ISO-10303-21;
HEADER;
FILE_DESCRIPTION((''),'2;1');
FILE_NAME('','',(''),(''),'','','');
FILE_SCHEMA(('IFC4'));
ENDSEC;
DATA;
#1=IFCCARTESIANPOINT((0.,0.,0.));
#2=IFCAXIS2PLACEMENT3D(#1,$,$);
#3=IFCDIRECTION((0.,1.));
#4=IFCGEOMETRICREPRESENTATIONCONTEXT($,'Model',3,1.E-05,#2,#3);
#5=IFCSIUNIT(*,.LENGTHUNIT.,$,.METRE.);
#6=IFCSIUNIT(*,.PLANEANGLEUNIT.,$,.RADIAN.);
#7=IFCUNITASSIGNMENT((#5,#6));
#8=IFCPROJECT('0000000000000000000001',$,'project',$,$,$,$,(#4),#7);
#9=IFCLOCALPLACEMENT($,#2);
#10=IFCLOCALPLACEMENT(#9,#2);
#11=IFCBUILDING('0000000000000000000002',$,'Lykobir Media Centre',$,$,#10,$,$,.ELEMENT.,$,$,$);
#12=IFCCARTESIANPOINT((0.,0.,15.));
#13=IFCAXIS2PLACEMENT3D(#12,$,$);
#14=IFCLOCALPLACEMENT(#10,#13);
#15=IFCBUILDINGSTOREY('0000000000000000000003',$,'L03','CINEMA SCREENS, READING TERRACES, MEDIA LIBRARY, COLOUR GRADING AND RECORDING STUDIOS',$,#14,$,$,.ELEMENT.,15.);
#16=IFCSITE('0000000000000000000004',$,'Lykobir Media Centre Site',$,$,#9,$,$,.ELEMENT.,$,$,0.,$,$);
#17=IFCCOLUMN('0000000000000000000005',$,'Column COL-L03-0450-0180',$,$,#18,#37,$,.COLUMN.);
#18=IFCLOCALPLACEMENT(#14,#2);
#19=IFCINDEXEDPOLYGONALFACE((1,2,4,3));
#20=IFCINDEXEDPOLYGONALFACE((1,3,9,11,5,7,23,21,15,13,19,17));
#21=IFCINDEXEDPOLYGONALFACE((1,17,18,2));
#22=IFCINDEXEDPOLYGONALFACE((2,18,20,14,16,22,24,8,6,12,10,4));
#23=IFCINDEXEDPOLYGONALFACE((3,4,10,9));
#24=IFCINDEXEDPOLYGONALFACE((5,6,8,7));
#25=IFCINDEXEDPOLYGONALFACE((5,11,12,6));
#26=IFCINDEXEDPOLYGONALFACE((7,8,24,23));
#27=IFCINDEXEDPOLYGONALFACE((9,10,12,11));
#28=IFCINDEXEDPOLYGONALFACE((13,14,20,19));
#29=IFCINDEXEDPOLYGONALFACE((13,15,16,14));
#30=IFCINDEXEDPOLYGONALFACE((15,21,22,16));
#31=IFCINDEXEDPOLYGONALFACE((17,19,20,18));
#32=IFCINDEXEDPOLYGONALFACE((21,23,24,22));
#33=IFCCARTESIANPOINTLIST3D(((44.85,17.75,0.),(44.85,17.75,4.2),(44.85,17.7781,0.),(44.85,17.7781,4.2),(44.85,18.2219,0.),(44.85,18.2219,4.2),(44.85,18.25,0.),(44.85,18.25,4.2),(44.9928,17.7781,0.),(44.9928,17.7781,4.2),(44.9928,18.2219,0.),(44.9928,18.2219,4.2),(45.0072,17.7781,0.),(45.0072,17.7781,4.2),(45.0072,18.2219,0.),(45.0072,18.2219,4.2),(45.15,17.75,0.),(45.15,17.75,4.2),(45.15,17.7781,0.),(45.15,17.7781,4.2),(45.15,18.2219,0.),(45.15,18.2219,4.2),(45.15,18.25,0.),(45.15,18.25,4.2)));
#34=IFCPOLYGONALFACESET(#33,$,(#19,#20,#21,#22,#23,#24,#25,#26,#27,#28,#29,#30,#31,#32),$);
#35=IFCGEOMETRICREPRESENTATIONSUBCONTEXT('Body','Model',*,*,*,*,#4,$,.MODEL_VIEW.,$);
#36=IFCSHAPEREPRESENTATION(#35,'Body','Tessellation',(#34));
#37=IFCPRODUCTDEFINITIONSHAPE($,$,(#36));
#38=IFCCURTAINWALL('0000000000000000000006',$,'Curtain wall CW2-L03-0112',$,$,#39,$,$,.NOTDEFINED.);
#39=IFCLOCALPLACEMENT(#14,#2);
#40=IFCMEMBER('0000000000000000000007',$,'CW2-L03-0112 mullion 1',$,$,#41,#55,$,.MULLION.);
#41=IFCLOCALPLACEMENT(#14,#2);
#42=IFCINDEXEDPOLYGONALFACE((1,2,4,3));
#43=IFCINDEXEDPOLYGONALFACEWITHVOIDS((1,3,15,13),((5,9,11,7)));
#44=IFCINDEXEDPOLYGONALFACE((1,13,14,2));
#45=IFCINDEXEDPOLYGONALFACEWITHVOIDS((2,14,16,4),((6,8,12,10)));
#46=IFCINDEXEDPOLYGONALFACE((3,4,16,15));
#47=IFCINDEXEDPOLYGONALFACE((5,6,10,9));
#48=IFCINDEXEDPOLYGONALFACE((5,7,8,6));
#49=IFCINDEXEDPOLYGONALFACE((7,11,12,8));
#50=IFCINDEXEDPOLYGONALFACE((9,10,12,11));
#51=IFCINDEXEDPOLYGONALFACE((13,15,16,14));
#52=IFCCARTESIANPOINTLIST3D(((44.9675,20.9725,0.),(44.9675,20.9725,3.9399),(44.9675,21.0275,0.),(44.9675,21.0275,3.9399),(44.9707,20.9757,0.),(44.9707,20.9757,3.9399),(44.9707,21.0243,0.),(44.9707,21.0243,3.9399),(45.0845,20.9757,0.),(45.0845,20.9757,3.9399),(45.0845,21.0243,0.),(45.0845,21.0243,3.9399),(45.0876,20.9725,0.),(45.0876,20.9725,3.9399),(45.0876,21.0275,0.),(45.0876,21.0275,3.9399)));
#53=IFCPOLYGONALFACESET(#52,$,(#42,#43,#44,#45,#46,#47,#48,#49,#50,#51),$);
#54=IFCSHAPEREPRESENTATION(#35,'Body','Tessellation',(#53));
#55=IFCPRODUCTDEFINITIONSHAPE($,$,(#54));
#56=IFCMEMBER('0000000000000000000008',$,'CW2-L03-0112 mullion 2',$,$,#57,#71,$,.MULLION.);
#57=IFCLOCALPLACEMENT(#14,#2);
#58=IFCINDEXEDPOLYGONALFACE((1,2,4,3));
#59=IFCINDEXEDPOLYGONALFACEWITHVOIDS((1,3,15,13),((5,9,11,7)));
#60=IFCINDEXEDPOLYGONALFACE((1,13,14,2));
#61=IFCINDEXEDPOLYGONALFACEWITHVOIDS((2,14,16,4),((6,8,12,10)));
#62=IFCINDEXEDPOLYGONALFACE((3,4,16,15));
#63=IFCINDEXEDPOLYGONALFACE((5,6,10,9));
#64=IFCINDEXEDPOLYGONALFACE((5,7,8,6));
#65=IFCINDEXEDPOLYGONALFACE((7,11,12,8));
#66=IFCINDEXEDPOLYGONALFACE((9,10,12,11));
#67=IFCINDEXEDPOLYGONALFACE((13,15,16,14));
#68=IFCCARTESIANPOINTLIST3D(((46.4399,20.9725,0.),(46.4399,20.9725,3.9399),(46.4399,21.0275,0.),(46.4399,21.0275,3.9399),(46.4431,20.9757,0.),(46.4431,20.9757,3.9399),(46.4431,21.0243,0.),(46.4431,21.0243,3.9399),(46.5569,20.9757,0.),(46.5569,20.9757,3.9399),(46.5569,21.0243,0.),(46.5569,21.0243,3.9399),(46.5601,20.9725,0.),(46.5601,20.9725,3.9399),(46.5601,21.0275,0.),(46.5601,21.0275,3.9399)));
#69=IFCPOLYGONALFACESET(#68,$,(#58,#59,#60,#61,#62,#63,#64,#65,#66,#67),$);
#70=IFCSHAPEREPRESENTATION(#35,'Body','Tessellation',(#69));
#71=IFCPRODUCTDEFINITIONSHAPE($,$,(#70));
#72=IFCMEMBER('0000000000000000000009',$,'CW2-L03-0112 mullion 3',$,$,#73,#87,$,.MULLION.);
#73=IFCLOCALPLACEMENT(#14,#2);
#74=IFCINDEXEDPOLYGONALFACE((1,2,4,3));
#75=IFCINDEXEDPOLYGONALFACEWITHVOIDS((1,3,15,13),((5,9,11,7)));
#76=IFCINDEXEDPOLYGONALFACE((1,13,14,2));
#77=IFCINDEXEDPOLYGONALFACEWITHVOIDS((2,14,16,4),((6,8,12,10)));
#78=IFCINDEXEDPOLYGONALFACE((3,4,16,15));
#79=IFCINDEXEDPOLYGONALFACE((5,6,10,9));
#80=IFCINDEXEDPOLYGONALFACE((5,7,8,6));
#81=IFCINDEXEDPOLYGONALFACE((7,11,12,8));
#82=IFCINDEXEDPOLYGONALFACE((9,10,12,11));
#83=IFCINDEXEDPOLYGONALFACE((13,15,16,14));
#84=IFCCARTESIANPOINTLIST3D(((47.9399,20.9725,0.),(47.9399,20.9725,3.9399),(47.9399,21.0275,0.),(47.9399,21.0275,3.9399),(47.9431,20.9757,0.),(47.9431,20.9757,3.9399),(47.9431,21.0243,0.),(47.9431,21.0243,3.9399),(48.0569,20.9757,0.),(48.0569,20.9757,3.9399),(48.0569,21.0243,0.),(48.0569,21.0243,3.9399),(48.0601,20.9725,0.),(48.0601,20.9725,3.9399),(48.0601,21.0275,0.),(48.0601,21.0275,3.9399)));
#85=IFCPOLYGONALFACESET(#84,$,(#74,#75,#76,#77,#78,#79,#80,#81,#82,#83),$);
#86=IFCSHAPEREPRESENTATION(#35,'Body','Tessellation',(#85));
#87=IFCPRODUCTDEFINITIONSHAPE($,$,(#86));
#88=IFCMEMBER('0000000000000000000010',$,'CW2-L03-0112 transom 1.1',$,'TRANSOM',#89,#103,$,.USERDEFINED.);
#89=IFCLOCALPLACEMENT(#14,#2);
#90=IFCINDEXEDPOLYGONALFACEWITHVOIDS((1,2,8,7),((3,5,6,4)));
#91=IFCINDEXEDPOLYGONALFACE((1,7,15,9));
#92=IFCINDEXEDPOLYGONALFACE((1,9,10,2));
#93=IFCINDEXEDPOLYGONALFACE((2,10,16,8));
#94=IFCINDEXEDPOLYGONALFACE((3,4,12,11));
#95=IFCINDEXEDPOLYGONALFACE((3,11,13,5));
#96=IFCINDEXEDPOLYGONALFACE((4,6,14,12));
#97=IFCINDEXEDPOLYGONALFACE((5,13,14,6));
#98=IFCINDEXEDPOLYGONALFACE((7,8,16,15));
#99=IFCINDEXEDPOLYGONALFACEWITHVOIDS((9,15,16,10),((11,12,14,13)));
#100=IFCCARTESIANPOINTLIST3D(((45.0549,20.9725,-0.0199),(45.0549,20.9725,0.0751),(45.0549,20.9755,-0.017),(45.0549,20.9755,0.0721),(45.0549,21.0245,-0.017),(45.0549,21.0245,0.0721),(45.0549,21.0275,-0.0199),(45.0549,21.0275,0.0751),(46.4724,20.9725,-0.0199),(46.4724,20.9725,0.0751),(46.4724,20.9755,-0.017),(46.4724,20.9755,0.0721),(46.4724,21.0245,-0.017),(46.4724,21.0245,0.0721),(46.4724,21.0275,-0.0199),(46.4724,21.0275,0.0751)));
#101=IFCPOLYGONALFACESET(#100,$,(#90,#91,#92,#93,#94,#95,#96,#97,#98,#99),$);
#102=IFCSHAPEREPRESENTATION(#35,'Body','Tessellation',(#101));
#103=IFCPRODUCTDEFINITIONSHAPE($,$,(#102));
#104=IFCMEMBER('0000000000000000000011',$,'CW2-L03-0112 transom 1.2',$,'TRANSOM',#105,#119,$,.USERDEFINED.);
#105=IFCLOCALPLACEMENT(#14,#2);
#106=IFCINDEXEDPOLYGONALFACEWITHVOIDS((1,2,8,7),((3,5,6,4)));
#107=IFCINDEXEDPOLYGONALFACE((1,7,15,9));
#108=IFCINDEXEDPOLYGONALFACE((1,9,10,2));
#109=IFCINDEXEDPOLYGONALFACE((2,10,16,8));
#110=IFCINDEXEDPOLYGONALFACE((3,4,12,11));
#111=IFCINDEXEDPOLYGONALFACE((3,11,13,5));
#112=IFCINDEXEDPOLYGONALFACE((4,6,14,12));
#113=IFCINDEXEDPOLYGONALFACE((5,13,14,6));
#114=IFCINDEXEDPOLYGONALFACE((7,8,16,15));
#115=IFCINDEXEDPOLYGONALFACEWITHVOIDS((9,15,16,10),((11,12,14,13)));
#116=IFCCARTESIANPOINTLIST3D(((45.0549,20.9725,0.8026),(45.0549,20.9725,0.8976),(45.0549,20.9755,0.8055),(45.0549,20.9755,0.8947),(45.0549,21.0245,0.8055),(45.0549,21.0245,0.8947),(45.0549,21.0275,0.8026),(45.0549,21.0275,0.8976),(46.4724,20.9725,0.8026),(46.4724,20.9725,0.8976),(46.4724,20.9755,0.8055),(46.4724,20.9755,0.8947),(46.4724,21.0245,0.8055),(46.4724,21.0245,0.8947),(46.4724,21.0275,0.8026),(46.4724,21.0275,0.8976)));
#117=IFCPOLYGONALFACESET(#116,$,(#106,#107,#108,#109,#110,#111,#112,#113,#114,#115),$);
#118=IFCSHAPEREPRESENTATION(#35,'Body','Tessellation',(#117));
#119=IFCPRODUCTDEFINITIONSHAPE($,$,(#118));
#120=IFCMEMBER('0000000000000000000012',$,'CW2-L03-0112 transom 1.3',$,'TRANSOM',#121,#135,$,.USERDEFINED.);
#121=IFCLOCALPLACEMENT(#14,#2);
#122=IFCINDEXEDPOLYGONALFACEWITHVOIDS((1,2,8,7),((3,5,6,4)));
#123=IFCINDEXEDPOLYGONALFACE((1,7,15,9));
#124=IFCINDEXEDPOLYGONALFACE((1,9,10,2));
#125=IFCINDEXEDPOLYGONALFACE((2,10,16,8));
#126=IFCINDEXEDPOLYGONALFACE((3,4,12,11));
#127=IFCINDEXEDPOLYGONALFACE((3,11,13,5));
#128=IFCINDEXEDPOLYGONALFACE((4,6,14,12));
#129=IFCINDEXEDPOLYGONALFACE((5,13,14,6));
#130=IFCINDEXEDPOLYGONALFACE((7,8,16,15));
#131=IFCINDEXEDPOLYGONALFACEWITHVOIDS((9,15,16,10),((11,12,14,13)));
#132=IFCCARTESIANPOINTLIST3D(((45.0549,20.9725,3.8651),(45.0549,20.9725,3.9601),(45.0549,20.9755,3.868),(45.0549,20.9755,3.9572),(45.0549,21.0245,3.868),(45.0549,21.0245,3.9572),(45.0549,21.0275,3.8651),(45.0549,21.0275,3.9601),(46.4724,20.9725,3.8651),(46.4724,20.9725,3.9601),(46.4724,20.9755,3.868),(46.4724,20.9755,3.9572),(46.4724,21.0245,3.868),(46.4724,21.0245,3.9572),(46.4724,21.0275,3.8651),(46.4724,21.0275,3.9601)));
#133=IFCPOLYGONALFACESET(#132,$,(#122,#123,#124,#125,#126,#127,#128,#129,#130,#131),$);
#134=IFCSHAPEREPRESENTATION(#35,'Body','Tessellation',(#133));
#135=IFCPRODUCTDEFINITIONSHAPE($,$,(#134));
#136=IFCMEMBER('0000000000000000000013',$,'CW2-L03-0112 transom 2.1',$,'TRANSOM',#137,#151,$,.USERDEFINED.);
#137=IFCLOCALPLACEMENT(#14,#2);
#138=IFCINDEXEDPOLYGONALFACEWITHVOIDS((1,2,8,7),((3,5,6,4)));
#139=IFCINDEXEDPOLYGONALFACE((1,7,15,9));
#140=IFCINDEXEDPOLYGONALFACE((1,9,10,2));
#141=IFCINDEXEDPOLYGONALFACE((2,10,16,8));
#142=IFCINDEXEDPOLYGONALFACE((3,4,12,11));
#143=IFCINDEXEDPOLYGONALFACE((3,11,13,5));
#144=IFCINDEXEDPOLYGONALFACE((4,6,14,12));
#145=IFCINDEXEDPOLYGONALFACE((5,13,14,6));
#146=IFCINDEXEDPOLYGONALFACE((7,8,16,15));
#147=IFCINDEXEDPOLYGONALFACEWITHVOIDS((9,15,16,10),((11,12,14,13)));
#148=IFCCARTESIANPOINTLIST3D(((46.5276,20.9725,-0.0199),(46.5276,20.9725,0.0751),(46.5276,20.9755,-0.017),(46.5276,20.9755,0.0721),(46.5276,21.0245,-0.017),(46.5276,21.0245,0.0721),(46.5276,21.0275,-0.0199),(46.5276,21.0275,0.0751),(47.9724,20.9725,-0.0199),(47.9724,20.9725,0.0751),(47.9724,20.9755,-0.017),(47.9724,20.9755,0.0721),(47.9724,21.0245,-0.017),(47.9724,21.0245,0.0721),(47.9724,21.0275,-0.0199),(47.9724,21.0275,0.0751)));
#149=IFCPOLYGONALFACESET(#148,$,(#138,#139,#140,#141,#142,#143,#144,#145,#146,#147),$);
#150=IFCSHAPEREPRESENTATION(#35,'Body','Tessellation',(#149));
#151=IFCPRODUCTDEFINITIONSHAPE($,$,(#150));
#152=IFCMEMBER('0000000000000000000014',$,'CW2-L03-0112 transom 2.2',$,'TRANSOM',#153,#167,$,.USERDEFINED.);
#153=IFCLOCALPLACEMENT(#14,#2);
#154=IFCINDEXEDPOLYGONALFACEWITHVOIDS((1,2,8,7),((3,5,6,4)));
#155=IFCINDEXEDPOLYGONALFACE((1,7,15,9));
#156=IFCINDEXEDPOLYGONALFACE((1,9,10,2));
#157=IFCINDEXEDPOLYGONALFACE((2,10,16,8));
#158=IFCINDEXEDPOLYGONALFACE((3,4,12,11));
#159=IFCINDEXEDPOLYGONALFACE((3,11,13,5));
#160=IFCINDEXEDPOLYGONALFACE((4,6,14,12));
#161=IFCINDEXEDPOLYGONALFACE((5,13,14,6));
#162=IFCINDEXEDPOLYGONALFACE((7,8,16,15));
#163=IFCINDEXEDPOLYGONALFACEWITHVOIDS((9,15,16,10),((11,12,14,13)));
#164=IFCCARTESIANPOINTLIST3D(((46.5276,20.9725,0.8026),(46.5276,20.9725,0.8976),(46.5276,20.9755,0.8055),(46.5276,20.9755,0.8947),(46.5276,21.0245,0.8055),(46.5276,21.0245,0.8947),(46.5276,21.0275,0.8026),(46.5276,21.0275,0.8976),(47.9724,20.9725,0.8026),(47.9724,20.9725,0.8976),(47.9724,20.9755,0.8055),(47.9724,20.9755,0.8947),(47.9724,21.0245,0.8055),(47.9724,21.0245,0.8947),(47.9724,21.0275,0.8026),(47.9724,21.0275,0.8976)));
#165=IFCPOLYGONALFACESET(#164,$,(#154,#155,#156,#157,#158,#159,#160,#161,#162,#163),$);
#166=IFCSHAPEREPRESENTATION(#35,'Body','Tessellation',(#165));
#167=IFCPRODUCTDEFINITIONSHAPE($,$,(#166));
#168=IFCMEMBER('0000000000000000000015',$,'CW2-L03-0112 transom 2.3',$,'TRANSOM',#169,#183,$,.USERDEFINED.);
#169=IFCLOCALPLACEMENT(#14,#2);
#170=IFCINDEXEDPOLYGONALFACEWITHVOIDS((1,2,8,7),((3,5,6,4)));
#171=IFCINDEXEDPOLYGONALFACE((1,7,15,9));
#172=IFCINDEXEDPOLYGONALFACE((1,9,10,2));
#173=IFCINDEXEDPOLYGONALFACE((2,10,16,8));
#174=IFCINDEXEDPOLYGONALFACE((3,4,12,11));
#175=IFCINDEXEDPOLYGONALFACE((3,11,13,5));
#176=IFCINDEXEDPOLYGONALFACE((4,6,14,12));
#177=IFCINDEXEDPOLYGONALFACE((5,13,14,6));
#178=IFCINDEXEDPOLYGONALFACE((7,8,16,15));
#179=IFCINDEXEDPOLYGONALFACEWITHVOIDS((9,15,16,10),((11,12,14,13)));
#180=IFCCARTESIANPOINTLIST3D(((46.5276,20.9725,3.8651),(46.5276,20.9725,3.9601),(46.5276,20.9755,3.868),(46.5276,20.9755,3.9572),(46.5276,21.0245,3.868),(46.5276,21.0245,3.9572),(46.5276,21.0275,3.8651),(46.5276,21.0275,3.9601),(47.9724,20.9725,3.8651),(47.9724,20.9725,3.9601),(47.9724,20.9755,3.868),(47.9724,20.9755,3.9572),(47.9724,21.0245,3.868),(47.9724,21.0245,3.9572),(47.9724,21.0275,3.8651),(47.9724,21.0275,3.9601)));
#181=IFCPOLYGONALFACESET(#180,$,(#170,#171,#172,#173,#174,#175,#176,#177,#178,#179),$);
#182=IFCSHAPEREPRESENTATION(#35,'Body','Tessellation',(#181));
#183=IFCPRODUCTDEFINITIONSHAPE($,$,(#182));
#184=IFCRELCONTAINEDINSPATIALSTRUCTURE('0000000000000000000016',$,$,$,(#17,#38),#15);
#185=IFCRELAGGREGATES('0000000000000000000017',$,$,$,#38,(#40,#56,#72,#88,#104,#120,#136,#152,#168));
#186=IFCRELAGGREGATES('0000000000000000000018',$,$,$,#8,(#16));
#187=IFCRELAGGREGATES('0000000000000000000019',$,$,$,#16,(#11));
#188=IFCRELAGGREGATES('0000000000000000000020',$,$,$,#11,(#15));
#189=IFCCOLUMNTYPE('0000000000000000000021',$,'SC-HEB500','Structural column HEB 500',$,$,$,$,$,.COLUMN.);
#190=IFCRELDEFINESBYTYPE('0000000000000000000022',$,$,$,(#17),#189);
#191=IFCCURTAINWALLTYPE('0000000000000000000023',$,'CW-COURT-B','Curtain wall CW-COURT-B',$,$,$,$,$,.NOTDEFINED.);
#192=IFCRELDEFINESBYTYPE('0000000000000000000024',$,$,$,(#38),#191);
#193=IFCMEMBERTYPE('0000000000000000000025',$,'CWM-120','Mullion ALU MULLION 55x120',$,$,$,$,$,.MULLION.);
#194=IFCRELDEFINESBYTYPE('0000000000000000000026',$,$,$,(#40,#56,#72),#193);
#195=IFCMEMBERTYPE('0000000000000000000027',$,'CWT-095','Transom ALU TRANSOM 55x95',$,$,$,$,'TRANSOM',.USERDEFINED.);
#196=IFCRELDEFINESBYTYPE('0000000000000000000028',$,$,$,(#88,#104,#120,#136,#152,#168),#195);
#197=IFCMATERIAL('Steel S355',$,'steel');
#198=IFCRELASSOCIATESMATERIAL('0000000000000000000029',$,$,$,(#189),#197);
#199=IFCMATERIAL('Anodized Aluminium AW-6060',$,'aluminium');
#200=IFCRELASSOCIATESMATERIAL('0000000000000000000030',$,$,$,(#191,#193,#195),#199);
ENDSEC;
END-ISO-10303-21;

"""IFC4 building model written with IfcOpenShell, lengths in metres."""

from ifc_helpers import new_model, si_unit, direction, frame, origin, origin_2d, place, context, subcontext, project, spatial, hollow_rectangle, i_section, extrude, material, material_profile, profile_set, type_object, element, aggregate, save


model = new_model("IFC4")

# Units and contexts
model_context = context("Model", 3, precision=1e-05, world=origin(), true_north=direction((0.0, 1.0)))
body_context = subcontext(model_context, "Body", "Model", "MODEL_VIEW")
ifc_project = project(units=[si_unit("LENGTHUNIT", "METRE"), si_unit("PLANEANGLEUNIT", "RADIAN")], contexts=[model_context])

# Site, building, storey
site_placement = place(None, origin())
site = spatial("IfcSite", under=ifc_project, at=site_placement, Name="Lykobir Media Centre Site", CompositionType="ELEMENT", RefElevation=0.0)
building_placement = place(site_placement, origin())
building = spatial("IfcBuilding", under=site, at=building_placement, Name="Lykobir Media Centre", CompositionType="ELEMENT")
storey_placement = place(building_placement, frame((0.0, 0.0, 15.0)))
storey = spatial("IfcBuildingStorey", under=building, at=storey_placement, Name="L03", Description="CINEMA SCREENS, READING TERRACES, MEDIA LIBRARY, COLOUR GRADING AND RECORDING STUDIOS", CompositionType="ELEMENT", Elevation=15.0)

# Column
ifc_material_1 = material(Name="Steel S355", Category="steel")
ifc_material_profile_1 = material_profile(ifc_material_1, i_section(OverallWidth=0.3, OverallDepth=0.5, WebThickness=0.0144, FlangeThickness=0.0281, at=origin_2d()), Name="HEB 500")
ifc_profile_set_1 = profile_set([ifc_material_profile_1], Name="Steel S355")
column_type = type_object("IfcColumnType", Name="SC-HEB500", Description="Structural column HEB 500", PredefinedType="COLUMN", material=ifc_profile_set_1)
column_placement = place(storey_placement, frame((45.0, 18.0, 0.0), z_axis=(0.0, 0.0, 1.0), x_axis=(1.0, 0.0, 0.0)))
element("IfcColumn", 1, at=column_placement, inside=storey, type_object=column_type, Name="Column COL-L03-0450-0180", PredefinedType="COLUMN", context=body_context, shape_type="SweptSolid", body=[
    extrude(i_section(OverallWidth=0.3, OverallDepth=0.5, WebThickness=0.0144, FlangeThickness=0.0281, at=origin_2d()), origin(), (0.0, 0.0, 1.0), 4.2),
])

# Curtain wall, members
ifc_material_2 = material(Name="Anodized Aluminium AW-6060", Category="aluminium")
curtain_wall_type = type_object("IfcCurtainWallType", Name="CW-COURT-B", Description="Curtain wall CW-COURT-B", PredefinedType="NOTDEFINED", material=ifc_material_2)
curtain_wall_placement = place(storey_placement, origin())
curtain_wall = element("IfcCurtainWall", 2, at=curtain_wall_placement, inside=storey, type_object=curtain_wall_type, Name="Curtain wall CW2-L03-0112", PredefinedType="NOTDEFINED")
ifc_material_profile_2 = material_profile(ifc_material_2, hollow_rectangle(XDim=0.0549, YDim=0.1201, WallThickness=0.0032, at=origin_2d()), Name="ALU MULLION 55x120")
ifc_profile_set_2 = profile_set([ifc_material_profile_2], Name="Anodized Aluminium AW-6060")
member_type_1 = type_object("IfcMemberType", Name="CWM-120", Description="Mullion ALU MULLION 55x120", PredefinedType="MULLION", material=ifc_profile_set_2)
member_1_placement = place(storey_placement, frame((45.0276, 21.0, 0.0), z_axis=(0.0, 0.0, 1.0), x_axis=(0.0, 1.0, 0.0)))
member_1 = element("IfcMember", 3, at=member_1_placement, type_object=member_type_1, Name="CW2-L03-0112 mullion 1", PredefinedType="MULLION", context=body_context, shape_type="SweptSolid", body=[
    extrude(hollow_rectangle(XDim=0.0549, YDim=0.1201, WallThickness=0.0032, at=origin_2d()), origin(), (0.0, 0.0, 1.0), 3.9399),
])
member_2_placement = place(storey_placement, frame((46.5, 21.0, 0.0), z_axis=(0.0, 0.0, 1.0), x_axis=(0.0, 1.0, 0.0)))
member_2 = element("IfcMember", 4, at=member_2_placement, type_object=member_type_1, Name="CW2-L03-0112 mullion 2", PredefinedType="MULLION", context=body_context, shape_type="SweptSolid", body=[
    extrude(hollow_rectangle(XDim=0.0549, YDim=0.1201, WallThickness=0.0032, at=origin_2d()), origin(), (0.0, 0.0, 1.0), 3.9399),
])
member_3_placement = place(storey_placement, frame((48.0, 21.0, 0.0), z_axis=(0.0, 0.0, 1.0), x_axis=(0.0, 1.0, 0.0)))
member_3 = element("IfcMember", 5, at=member_3_placement, type_object=member_type_1, Name="CW2-L03-0112 mullion 3", PredefinedType="MULLION", context=body_context, shape_type="SweptSolid", body=[
    extrude(hollow_rectangle(XDim=0.0549, YDim=0.1201, WallThickness=0.0032, at=origin_2d()), origin(), (0.0, 0.0, 1.0), 3.9399),
])
ifc_material_profile_3 = material_profile(ifc_material_2, hollow_rectangle(XDim=0.0549, YDim=0.095, WallThickness=0.0029, at=origin_2d()), Name="ALU TRANSOM 55x95")
ifc_profile_set_3 = profile_set([ifc_material_profile_3], Name="Anodized Aluminium AW-6060")
member_type_2 = type_object("IfcMemberType", Name="CWT-095", Description="Transom ALU TRANSOM 55x95", ElementType="TRANSOM", PredefinedType="USERDEFINED", material=ifc_profile_set_3)
member_4_placement = place(storey_placement, frame((45.0549, 21.0, 0.0276), z_axis=(1.0, 0.0, 0.0), x_axis=(0.0, 1.0, 0.0)))
member_4 = element("IfcMember", 6, at=member_4_placement, type_object=member_type_2, Name="CW2-L03-0112 transom 1.1", ObjectType="TRANSOM", PredefinedType="USERDEFINED", context=body_context, shape_type="SweptSolid", body=[
    extrude(hollow_rectangle(XDim=0.0549, YDim=0.095, WallThickness=0.0029, at=origin_2d()), origin(), (0.0, 0.0, 1.0), 1.4175),
])
member_5_placement = place(storey_placement, frame((45.0549, 21.0, 0.8501), z_axis=(1.0, 0.0, 0.0), x_axis=(0.0, 1.0, 0.0)))
member_5 = element("IfcMember", 7, at=member_5_placement, type_object=member_type_2, Name="CW2-L03-0112 transom 1.2", ObjectType="TRANSOM", PredefinedType="USERDEFINED", context=body_context, shape_type="SweptSolid", body=[
    extrude(hollow_rectangle(XDim=0.0549, YDim=0.095, WallThickness=0.0029, at=origin_2d()), origin(), (0.0, 0.0, 1.0), 1.4175),
])
member_6_placement = place(storey_placement, frame((45.0549, 21.0, 3.9126), z_axis=(1.0, 0.0, 0.0), x_axis=(0.0, 1.0, 0.0)))
member_6 = element("IfcMember", 8, at=member_6_placement, type_object=member_type_2, Name="CW2-L03-0112 transom 1.3", ObjectType="TRANSOM", PredefinedType="USERDEFINED", context=body_context, shape_type="SweptSolid", body=[
    extrude(hollow_rectangle(XDim=0.0549, YDim=0.095, WallThickness=0.0029, at=origin_2d()), origin(), (0.0, 0.0, 1.0), 1.4175),
])
member_7_placement = place(storey_placement, frame((46.5276, 21.0, 0.0276), z_axis=(1.0, 0.0, 0.0), x_axis=(0.0, 1.0, 0.0)))
member_7 = element("IfcMember", 9, at=member_7_placement, type_object=member_type_2, Name="CW2-L03-0112 transom 2.1", ObjectType="TRANSOM", PredefinedType="USERDEFINED", context=body_context, shape_type="SweptSolid", body=[
    extrude(hollow_rectangle(XDim=0.0549, YDim=0.095, WallThickness=0.0029, at=origin_2d()), origin(), (0.0, 0.0, 1.0), 1.4448),
])
member_8_placement = place(storey_placement, frame((46.5276, 21.0, 0.8501), z_axis=(1.0, 0.0, 0.0), x_axis=(0.0, 1.0, 0.0)))
member_8 = element("IfcMember", 10, at=member_8_placement, type_object=member_type_2, Name="CW2-L03-0112 transom 2.2", ObjectType="TRANSOM", PredefinedType="USERDEFINED", context=body_context, shape_type="SweptSolid", body=[
    extrude(hollow_rectangle(XDim=0.0549, YDim=0.095, WallThickness=0.0029, at=origin_2d()), origin(), (0.0, 0.0, 1.0), 1.4448),
])
member_9_placement = place(storey_placement, frame((46.5276, 21.0, 3.9126), z_axis=(1.0, 0.0, 0.0), x_axis=(0.0, 1.0, 0.0)))
member_9 = element("IfcMember", 11, at=member_9_placement, type_object=member_type_2, Name="CW2-L03-0112 transom 2.3", ObjectType="TRANSOM", PredefinedType="USERDEFINED", context=body_context, shape_type="SweptSolid", body=[
    extrude(hollow_rectangle(XDim=0.0549, YDim=0.095, WallThickness=0.0029, at=origin_2d()), origin(), (0.0, 0.0, 1.0), 1.4448),
])

aggregate(curtain_wall, [member_1, member_2, member_3, member_4, member_5, member_6, member_7, member_8, member_9])

save(model, "model.ifc")
